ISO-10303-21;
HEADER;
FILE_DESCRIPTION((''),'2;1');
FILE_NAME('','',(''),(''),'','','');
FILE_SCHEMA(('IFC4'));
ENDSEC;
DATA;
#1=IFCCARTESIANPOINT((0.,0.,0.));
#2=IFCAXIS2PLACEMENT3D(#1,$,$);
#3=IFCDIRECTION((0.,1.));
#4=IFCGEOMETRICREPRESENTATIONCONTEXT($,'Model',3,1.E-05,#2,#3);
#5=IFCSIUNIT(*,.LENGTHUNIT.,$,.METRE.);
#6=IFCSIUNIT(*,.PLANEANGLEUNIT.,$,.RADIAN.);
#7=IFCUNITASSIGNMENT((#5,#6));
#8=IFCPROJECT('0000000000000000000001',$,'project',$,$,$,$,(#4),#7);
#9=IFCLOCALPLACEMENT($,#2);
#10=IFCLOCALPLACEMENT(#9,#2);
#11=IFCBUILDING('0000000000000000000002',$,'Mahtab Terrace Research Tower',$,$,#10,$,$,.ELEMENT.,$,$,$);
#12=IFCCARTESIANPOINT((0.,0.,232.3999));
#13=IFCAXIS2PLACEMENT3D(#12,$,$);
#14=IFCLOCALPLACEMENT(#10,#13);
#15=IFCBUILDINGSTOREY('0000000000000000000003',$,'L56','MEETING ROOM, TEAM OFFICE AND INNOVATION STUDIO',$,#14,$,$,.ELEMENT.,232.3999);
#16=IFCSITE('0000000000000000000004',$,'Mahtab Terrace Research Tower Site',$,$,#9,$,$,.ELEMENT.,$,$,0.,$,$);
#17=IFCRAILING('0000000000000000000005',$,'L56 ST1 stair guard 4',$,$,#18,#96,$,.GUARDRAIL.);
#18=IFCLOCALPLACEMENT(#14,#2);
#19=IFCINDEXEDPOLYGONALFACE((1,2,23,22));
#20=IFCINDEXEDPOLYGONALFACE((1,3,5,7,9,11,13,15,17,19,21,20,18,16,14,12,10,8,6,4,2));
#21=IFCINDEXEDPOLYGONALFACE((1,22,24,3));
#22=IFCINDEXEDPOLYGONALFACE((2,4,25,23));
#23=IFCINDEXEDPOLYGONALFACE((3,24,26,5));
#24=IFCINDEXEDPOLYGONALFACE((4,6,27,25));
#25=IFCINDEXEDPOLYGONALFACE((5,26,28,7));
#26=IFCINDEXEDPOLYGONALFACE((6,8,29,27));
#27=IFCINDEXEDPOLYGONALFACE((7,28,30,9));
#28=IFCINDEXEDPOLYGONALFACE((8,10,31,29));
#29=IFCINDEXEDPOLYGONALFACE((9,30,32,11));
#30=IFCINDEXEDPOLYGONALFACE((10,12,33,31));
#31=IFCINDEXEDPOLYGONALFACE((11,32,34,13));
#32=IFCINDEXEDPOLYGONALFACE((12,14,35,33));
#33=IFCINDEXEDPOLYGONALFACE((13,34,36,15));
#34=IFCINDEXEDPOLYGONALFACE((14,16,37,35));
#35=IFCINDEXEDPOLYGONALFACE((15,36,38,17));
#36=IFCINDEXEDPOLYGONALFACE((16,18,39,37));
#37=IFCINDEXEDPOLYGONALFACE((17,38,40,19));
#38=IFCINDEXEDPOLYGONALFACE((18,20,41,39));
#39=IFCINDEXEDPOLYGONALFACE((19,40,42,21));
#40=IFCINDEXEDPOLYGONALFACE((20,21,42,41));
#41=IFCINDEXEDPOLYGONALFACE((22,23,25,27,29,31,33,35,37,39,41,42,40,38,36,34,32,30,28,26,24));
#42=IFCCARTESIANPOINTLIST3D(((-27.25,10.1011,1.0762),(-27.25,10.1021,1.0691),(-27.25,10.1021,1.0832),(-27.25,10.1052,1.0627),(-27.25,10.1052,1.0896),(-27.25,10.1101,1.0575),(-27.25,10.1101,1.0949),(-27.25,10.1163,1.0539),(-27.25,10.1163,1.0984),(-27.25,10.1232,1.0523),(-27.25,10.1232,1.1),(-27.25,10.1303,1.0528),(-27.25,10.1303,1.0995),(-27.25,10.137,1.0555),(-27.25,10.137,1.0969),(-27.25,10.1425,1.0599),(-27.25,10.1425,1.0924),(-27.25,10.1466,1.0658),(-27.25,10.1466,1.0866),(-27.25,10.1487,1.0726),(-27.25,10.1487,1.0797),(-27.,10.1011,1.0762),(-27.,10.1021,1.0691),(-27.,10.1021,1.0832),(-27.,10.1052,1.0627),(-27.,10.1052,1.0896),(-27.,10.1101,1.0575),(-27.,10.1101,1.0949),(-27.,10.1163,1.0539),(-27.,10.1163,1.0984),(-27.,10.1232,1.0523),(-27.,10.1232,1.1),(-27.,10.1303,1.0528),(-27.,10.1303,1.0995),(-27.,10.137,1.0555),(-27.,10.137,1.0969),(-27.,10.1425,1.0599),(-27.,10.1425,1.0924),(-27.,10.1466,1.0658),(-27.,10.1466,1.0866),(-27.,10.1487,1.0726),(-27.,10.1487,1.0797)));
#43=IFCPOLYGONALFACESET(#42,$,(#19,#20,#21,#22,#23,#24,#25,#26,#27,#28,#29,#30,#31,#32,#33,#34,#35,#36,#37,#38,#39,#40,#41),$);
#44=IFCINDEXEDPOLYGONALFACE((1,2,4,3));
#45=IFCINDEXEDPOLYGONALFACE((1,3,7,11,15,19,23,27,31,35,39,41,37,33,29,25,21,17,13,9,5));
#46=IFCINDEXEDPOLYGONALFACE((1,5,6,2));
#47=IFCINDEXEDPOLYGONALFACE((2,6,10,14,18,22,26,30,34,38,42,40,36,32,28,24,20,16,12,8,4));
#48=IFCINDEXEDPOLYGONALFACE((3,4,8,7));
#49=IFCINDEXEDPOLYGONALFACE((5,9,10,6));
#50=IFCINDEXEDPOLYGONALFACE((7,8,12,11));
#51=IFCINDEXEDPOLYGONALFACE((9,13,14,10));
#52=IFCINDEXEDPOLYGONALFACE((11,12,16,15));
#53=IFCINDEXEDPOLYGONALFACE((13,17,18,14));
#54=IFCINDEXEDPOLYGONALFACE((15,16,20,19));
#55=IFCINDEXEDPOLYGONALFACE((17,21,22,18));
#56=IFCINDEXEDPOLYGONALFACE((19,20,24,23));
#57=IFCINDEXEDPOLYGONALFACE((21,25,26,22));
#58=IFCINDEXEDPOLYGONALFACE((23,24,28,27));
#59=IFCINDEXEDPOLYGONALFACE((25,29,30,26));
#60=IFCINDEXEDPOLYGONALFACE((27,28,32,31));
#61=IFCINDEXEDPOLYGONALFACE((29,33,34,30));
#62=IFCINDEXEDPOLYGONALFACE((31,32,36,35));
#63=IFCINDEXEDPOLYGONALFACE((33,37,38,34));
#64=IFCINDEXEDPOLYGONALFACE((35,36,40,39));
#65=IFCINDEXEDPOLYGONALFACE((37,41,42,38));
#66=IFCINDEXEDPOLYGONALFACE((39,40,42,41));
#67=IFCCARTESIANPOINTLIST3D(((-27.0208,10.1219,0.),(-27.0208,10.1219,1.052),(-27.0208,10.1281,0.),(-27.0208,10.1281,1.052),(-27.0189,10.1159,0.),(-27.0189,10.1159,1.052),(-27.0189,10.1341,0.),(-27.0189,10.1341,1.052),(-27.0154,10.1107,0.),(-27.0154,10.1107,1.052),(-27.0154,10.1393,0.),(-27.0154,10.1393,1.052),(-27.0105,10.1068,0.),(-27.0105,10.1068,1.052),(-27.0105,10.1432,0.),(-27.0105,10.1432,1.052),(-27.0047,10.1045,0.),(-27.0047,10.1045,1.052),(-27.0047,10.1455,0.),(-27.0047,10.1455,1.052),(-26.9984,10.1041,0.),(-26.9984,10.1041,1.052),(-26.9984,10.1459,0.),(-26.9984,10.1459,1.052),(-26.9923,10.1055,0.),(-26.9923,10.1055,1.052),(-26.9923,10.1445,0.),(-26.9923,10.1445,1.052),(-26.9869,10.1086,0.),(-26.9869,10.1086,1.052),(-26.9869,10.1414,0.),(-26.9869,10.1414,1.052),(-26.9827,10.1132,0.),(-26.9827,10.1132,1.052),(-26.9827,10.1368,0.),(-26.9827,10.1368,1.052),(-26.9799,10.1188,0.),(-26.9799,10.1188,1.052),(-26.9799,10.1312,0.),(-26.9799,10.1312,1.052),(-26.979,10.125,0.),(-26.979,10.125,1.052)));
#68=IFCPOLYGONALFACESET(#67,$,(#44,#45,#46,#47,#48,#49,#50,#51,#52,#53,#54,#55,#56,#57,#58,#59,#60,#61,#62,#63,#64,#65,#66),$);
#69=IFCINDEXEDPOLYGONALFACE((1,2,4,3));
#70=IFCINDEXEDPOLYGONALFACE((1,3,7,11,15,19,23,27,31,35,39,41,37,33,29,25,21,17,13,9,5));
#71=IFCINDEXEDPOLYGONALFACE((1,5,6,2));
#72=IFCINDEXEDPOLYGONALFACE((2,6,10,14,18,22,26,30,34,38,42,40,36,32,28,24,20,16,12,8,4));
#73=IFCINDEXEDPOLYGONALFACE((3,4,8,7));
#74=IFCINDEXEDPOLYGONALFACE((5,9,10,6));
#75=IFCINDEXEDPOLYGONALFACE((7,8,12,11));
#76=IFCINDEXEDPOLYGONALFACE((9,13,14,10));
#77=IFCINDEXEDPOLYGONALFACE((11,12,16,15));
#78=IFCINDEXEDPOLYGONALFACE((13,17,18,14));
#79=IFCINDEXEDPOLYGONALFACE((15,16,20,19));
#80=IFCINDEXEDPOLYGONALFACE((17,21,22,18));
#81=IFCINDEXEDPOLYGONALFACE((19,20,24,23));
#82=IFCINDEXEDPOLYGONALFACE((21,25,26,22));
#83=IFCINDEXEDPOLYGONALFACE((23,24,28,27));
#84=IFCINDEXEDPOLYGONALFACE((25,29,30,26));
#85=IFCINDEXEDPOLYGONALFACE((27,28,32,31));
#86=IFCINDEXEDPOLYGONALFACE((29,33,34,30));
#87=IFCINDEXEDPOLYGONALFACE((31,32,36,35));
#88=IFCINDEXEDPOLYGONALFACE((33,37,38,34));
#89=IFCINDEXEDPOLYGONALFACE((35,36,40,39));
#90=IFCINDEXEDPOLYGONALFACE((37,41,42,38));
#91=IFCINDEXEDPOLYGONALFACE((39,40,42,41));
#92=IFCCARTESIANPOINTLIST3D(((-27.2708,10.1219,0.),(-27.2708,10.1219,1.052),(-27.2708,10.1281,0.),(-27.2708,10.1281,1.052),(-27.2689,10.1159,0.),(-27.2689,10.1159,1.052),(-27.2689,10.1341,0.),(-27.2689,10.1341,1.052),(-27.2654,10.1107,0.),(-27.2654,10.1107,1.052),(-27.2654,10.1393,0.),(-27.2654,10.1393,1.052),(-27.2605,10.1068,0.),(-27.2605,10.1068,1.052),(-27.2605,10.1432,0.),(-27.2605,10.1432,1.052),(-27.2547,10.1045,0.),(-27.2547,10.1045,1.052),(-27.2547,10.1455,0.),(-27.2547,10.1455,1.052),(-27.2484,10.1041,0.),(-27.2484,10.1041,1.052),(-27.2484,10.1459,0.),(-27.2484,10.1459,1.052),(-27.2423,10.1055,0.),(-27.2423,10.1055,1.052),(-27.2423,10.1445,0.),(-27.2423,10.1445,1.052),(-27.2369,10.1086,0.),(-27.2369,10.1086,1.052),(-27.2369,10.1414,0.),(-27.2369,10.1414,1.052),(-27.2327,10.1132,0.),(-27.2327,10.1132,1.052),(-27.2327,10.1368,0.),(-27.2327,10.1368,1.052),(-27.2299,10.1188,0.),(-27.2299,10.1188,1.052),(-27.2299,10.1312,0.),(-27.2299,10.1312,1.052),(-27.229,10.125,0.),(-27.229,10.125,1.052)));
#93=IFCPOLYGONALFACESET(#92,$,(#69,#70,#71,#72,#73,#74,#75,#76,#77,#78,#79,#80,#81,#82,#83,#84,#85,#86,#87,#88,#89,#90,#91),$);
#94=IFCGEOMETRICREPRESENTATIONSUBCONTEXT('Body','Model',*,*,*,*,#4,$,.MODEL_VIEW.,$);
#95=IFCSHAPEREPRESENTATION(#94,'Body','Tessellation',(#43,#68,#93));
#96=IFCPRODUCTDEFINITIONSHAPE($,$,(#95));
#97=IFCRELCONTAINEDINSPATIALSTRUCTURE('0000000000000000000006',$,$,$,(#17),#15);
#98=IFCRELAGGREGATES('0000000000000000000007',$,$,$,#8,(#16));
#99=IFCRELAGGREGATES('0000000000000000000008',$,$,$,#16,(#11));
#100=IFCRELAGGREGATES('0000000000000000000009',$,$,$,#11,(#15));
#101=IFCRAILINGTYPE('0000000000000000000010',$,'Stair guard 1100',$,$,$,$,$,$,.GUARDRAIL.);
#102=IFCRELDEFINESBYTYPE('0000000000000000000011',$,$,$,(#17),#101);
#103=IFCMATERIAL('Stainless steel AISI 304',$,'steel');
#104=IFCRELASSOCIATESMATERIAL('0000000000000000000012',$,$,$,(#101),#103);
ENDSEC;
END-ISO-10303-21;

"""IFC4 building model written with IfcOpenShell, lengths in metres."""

from ifc_helpers import new_model, si_unit, direction, frame, origin, origin_2d, place, context, subcontext, project, spatial, circle, extrude, material, type_object, element, save


model = new_model("IFC4")

# Units and contexts
model_context = context("Model", 3, precision=1e-05, world=origin(), true_north=direction((0.0, 1.0)))
body_context = subcontext(model_context, "Body", "Model", "MODEL_VIEW")
ifc_project = project(units=[si_unit("LENGTHUNIT", "METRE"), si_unit("PLANEANGLEUNIT", "RADIAN")], contexts=[model_context])

# Site, building, storey
site_placement = place(None, origin())
site = spatial("IfcSite", under=ifc_project, at=site_placement, Name="Mahtab Terrace Research Tower Site", CompositionType="ELEMENT", RefElevation=0.0)
building_placement = place(site_placement, origin())
building = spatial("IfcBuilding", under=site, at=building_placement, Name="Mahtab Terrace Research Tower", CompositionType="ELEMENT")
storey_placement = place(building_placement, frame((0.0, 0.0, 232.3999)))
storey = spatial("IfcBuildingStorey", under=building, at=storey_placement, Name="L56", Description="MEETING ROOM, TEAM OFFICE AND INNOVATION STUDIO", CompositionType="ELEMENT", Elevation=232.3999)

# Railing
ifc_material_1 = material(Name="Stainless steel AISI 304", Category="steel")
railing_type_1 = type_object("IfcRailingType", Name="Stair guard 1100", PredefinedType="GUARDRAIL", material=ifc_material_1)
railing_1_placement = place(storey_placement, frame((-27.0, 10.125, 0.0)))
element("IfcRailing", 1, at=railing_1_placement, inside=storey, type_object=railing_type_1, Name="L56 ST1 stair guard 4", PredefinedType="GUARDRAIL", context=body_context, shape_type="SweptSolid", body=[
    extrude(circle(Radius=0.0239, at=origin_2d()), frame((0.0, 0.0, 1.0762), z_axis=(-1.0, 0.0, 0.0), x_axis=(0.0, -1.0, 0.0)), (0.0, 0.0, 1.0), 0.25),
    extrude(circle(Radius=0.021, at=origin_2d()), origin(), (0.0, 0.0, 1.0), 1.052),
    extrude(circle(Radius=0.021, at=origin_2d()), frame((-0.25, 0.0, 0.0)), (0.0, 0.0, 1.0), 1.052),
])

save(model, "model.ifc")
